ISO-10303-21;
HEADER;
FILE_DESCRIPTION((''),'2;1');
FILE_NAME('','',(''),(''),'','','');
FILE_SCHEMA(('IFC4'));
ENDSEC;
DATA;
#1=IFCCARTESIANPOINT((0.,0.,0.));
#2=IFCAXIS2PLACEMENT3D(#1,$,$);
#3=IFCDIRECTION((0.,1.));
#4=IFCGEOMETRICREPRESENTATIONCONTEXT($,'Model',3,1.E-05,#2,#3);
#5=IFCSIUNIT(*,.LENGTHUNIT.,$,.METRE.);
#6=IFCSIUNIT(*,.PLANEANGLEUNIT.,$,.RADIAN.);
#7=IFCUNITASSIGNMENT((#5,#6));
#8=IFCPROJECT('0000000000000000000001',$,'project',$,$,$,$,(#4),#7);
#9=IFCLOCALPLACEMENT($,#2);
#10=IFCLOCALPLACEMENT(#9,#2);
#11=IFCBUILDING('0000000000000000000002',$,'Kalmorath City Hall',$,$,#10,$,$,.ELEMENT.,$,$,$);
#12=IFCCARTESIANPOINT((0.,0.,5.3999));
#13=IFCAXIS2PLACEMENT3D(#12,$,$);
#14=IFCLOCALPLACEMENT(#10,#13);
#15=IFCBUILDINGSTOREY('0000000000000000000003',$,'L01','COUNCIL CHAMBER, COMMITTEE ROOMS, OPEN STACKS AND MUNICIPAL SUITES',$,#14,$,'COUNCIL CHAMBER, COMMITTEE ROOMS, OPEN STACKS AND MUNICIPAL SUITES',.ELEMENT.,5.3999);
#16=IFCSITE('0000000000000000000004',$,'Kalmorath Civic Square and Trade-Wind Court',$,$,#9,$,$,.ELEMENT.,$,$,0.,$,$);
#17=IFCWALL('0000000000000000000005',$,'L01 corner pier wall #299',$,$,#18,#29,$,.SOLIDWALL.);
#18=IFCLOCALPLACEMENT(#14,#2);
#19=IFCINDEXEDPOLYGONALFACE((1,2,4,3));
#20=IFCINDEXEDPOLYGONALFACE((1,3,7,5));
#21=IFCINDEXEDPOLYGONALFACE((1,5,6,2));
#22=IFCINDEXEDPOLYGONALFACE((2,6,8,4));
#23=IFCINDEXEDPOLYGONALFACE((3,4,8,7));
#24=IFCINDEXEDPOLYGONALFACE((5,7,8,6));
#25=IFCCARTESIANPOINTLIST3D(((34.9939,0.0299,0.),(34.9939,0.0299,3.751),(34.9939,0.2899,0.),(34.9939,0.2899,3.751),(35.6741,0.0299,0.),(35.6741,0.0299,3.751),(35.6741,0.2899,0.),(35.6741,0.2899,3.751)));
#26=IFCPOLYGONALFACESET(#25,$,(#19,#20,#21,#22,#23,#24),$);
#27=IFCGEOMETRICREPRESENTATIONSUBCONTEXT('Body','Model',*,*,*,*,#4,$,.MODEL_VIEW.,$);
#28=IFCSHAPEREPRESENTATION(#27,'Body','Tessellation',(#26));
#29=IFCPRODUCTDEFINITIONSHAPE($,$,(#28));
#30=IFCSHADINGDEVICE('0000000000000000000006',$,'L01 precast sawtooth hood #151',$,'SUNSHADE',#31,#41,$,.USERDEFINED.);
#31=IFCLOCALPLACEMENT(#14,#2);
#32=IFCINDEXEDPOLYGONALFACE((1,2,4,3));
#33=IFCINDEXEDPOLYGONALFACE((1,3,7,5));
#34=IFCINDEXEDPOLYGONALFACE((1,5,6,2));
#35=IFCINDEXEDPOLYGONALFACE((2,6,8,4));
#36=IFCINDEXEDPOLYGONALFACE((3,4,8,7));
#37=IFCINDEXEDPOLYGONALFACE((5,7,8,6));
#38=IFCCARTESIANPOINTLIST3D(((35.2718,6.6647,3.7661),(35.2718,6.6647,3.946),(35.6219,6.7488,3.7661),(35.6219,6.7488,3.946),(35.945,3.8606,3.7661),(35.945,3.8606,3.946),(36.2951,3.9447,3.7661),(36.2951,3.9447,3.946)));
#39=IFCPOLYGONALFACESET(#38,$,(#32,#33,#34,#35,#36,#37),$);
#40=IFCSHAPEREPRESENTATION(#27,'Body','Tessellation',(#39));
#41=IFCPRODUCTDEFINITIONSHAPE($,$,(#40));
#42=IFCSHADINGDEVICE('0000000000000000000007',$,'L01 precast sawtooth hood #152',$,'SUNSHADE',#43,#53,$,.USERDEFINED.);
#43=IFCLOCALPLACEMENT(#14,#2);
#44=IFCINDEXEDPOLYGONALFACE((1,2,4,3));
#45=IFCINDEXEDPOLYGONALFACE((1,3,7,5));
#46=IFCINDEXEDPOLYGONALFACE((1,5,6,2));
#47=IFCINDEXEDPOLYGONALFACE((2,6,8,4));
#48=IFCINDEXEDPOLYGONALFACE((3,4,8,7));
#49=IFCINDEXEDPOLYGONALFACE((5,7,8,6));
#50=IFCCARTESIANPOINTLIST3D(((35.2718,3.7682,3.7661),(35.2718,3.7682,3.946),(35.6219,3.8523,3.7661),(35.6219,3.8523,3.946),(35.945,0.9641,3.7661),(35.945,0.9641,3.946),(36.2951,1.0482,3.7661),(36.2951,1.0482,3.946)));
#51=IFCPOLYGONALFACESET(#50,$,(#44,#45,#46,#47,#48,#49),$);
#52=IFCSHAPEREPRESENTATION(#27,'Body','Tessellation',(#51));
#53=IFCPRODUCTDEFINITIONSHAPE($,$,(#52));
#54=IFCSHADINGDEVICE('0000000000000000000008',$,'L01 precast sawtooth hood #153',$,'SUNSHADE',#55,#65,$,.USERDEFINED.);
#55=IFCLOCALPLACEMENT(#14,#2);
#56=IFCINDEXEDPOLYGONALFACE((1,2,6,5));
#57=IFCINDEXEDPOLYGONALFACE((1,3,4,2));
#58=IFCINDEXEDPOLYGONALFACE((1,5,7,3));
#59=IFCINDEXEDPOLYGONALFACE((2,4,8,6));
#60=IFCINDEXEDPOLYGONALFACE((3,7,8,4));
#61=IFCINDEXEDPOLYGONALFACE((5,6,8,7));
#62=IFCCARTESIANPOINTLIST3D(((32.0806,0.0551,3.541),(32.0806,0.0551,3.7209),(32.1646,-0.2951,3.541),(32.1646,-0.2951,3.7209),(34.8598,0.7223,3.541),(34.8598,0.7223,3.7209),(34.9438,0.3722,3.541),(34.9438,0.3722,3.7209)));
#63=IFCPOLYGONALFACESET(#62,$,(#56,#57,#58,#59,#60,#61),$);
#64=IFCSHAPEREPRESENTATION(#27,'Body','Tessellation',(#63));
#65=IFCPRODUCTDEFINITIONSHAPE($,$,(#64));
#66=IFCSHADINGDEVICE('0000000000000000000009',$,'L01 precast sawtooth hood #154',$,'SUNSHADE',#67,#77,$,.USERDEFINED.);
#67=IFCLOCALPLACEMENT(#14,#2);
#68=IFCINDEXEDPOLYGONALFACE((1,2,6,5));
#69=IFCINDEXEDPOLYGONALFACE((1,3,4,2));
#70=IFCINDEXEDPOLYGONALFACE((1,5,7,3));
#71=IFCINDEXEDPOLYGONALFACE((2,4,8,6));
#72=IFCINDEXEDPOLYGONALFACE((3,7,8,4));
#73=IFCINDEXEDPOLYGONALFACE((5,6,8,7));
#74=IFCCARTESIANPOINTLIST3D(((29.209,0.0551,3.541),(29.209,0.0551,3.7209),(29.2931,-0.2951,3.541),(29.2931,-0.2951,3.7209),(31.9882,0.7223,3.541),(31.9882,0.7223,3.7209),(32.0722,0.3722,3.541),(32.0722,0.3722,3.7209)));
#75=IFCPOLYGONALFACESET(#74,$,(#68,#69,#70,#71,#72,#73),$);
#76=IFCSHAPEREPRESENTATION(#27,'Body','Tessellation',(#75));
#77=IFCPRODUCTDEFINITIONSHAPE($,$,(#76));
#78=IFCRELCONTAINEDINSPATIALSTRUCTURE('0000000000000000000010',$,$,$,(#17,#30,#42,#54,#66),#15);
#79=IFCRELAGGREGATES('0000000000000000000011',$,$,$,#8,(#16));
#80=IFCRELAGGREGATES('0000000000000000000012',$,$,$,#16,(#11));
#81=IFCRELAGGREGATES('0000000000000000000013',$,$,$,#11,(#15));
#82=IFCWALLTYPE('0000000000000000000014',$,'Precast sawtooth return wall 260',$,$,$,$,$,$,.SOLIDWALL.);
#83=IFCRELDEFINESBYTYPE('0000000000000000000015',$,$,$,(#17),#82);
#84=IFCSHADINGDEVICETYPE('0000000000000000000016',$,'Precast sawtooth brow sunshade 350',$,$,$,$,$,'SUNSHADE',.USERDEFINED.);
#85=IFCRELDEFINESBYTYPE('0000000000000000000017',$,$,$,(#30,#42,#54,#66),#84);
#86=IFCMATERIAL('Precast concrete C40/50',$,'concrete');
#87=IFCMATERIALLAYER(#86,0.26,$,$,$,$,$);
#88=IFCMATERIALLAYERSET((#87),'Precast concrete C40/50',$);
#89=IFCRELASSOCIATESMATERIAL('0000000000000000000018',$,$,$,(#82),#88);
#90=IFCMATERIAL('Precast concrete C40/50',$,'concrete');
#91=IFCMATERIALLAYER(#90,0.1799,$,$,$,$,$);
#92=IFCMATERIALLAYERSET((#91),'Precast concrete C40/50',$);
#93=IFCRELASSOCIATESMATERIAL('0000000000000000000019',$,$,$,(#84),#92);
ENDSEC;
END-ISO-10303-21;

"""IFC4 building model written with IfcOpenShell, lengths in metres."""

from ifc_helpers import new_model, si_unit, direction, frame, frame_2d, origin, origin_2d, place, context, subcontext, project, spatial, rectangle, extrude, material, layer, layer_set, type_object, element, save


model = new_model("IFC4")

# Units and contexts
model_context = context("Model", 3, precision=1e-05, world=origin(), true_north=direction((0.0, 1.0)))
body_context = subcontext(model_context, "Body", "Model", "MODEL_VIEW")
ifc_project = project(units=[si_unit("LENGTHUNIT", "METRE"), si_unit("PLANEANGLEUNIT", "RADIAN")], contexts=[model_context])

# Site, building, storey
site_placement = place(None, origin())
site = spatial("IfcSite", under=ifc_project, at=site_placement, Name="Kalmorath Civic Square and Trade-Wind Court", CompositionType="ELEMENT", RefElevation=0.0)
building_placement = place(site_placement, origin())
building = spatial("IfcBuilding", under=site, at=building_placement, Name="Kalmorath City Hall", CompositionType="ELEMENT")
storey_placement = place(building_placement, frame((0.0, 0.0, 5.3999)))
storey = spatial("IfcBuildingStorey", under=building, at=storey_placement, Name="L01", Description="COUNCIL CHAMBER, COMMITTEE ROOMS, OPEN STACKS AND MUNICIPAL SUITES", LongName="COUNCIL CHAMBER, COMMITTEE ROOMS, OPEN STACKS AND MUNICIPAL SUITES", CompositionType="ELEMENT", Elevation=5.3999)

# Wall
ifc_material_1 = material(Name="Precast concrete C40/50", Category="concrete")
ifc_layer_1 = layer(ifc_material_1, 0.26)
ifc_layer_set_1 = layer_set([ifc_layer_1], Name="Precast concrete C40/50")
wall_type_1 = type_object("IfcWallType", Name="Precast sawtooth return wall 260", PredefinedType="SOLIDWALL", material=ifc_layer_set_1)
wall_1_placement = place(storey_placement, frame((35.6741, 0.1599, 0.0), z_axis=(0.0, 0.0, 1.0), x_axis=(-1.0, 0.0, 0.0)))
element("IfcWall", 1, at=wall_1_placement, inside=storey, type_object=wall_type_1, Name="L01 corner pier wall #299", PredefinedType="SOLIDWALL", context=body_context, shape_type="SweptSolid", body=[
    extrude(rectangle(XDim=0.6802, YDim=0.26, at=frame_2d((0.3401, 0.0))), origin(), (0.0, 0.0, 1.0), 3.751),
])

# Shading devices
ifc_material_2 = material(Name="Precast concrete C40/50", Category="concrete")
ifc_layer_2 = layer(ifc_material_2, 0.1799)
ifc_layer_set_2 = layer_set([ifc_layer_2], Name="Precast concrete C40/50")
shading_device_type = type_object("IfcShadingDeviceType", Name="Precast sawtooth brow sunshade 350", ElementType="SUNSHADE", PredefinedType="USERDEFINED", material=ifc_layer_set_2)
for number, where, z_axis, x_axis, name in (
    (2, (35.7834, 5.3047, 3.7661), (0.0, 0.0, 1.0), (0.233445, -0.97237, 0.0), "L01 precast sawtooth hood #151"),
    (3, (35.7834, 2.4082, 3.7661), (0.0, 0.0, 1.0), (0.233445, -0.97237, 0.0), "L01 precast sawtooth hood #152"),
):
    element("IfcShadingDevice", number, at=place(storey_placement, frame(where, z_axis=z_axis, x_axis=x_axis)), inside=storey, type_object=shading_device_type, Name=name, ObjectType="SUNSHADE", PredefinedType="USERDEFINED", context=body_context, shape_type="SweptSolid", body=[
        extrude(rectangle(XDim=2.8838, YDim=0.3601, at=origin_2d()), origin(), (0.0, 0.0, 1.0), 0.1799),
    ])
for number, where, z_axis, x_axis, name in (
    (4, (33.5122, 0.2136, 3.541), (0.0, 0.0, 1.0), (-0.97237, -0.233445, 0.0), "L01 precast sawtooth hood #153"),
    (5, (30.6406, 0.2136, 3.541), (0.0, 0.0, 1.0), (-0.97237, -0.233445, 0.0), "L01 precast sawtooth hood #154"),
):
    element("IfcShadingDevice", number, at=place(storey_placement, frame(where, z_axis=z_axis, x_axis=x_axis)), inside=storey, type_object=shading_device_type, Name=name, ObjectType="SUNSHADE", PredefinedType="USERDEFINED", context=body_context, shape_type="SweptSolid", body=[
        extrude(rectangle(XDim=2.8582, YDim=0.3601, at=origin_2d()), origin(), (0.0, 0.0, 1.0), 0.1799),
    ])

save(model, "model.ifc")
